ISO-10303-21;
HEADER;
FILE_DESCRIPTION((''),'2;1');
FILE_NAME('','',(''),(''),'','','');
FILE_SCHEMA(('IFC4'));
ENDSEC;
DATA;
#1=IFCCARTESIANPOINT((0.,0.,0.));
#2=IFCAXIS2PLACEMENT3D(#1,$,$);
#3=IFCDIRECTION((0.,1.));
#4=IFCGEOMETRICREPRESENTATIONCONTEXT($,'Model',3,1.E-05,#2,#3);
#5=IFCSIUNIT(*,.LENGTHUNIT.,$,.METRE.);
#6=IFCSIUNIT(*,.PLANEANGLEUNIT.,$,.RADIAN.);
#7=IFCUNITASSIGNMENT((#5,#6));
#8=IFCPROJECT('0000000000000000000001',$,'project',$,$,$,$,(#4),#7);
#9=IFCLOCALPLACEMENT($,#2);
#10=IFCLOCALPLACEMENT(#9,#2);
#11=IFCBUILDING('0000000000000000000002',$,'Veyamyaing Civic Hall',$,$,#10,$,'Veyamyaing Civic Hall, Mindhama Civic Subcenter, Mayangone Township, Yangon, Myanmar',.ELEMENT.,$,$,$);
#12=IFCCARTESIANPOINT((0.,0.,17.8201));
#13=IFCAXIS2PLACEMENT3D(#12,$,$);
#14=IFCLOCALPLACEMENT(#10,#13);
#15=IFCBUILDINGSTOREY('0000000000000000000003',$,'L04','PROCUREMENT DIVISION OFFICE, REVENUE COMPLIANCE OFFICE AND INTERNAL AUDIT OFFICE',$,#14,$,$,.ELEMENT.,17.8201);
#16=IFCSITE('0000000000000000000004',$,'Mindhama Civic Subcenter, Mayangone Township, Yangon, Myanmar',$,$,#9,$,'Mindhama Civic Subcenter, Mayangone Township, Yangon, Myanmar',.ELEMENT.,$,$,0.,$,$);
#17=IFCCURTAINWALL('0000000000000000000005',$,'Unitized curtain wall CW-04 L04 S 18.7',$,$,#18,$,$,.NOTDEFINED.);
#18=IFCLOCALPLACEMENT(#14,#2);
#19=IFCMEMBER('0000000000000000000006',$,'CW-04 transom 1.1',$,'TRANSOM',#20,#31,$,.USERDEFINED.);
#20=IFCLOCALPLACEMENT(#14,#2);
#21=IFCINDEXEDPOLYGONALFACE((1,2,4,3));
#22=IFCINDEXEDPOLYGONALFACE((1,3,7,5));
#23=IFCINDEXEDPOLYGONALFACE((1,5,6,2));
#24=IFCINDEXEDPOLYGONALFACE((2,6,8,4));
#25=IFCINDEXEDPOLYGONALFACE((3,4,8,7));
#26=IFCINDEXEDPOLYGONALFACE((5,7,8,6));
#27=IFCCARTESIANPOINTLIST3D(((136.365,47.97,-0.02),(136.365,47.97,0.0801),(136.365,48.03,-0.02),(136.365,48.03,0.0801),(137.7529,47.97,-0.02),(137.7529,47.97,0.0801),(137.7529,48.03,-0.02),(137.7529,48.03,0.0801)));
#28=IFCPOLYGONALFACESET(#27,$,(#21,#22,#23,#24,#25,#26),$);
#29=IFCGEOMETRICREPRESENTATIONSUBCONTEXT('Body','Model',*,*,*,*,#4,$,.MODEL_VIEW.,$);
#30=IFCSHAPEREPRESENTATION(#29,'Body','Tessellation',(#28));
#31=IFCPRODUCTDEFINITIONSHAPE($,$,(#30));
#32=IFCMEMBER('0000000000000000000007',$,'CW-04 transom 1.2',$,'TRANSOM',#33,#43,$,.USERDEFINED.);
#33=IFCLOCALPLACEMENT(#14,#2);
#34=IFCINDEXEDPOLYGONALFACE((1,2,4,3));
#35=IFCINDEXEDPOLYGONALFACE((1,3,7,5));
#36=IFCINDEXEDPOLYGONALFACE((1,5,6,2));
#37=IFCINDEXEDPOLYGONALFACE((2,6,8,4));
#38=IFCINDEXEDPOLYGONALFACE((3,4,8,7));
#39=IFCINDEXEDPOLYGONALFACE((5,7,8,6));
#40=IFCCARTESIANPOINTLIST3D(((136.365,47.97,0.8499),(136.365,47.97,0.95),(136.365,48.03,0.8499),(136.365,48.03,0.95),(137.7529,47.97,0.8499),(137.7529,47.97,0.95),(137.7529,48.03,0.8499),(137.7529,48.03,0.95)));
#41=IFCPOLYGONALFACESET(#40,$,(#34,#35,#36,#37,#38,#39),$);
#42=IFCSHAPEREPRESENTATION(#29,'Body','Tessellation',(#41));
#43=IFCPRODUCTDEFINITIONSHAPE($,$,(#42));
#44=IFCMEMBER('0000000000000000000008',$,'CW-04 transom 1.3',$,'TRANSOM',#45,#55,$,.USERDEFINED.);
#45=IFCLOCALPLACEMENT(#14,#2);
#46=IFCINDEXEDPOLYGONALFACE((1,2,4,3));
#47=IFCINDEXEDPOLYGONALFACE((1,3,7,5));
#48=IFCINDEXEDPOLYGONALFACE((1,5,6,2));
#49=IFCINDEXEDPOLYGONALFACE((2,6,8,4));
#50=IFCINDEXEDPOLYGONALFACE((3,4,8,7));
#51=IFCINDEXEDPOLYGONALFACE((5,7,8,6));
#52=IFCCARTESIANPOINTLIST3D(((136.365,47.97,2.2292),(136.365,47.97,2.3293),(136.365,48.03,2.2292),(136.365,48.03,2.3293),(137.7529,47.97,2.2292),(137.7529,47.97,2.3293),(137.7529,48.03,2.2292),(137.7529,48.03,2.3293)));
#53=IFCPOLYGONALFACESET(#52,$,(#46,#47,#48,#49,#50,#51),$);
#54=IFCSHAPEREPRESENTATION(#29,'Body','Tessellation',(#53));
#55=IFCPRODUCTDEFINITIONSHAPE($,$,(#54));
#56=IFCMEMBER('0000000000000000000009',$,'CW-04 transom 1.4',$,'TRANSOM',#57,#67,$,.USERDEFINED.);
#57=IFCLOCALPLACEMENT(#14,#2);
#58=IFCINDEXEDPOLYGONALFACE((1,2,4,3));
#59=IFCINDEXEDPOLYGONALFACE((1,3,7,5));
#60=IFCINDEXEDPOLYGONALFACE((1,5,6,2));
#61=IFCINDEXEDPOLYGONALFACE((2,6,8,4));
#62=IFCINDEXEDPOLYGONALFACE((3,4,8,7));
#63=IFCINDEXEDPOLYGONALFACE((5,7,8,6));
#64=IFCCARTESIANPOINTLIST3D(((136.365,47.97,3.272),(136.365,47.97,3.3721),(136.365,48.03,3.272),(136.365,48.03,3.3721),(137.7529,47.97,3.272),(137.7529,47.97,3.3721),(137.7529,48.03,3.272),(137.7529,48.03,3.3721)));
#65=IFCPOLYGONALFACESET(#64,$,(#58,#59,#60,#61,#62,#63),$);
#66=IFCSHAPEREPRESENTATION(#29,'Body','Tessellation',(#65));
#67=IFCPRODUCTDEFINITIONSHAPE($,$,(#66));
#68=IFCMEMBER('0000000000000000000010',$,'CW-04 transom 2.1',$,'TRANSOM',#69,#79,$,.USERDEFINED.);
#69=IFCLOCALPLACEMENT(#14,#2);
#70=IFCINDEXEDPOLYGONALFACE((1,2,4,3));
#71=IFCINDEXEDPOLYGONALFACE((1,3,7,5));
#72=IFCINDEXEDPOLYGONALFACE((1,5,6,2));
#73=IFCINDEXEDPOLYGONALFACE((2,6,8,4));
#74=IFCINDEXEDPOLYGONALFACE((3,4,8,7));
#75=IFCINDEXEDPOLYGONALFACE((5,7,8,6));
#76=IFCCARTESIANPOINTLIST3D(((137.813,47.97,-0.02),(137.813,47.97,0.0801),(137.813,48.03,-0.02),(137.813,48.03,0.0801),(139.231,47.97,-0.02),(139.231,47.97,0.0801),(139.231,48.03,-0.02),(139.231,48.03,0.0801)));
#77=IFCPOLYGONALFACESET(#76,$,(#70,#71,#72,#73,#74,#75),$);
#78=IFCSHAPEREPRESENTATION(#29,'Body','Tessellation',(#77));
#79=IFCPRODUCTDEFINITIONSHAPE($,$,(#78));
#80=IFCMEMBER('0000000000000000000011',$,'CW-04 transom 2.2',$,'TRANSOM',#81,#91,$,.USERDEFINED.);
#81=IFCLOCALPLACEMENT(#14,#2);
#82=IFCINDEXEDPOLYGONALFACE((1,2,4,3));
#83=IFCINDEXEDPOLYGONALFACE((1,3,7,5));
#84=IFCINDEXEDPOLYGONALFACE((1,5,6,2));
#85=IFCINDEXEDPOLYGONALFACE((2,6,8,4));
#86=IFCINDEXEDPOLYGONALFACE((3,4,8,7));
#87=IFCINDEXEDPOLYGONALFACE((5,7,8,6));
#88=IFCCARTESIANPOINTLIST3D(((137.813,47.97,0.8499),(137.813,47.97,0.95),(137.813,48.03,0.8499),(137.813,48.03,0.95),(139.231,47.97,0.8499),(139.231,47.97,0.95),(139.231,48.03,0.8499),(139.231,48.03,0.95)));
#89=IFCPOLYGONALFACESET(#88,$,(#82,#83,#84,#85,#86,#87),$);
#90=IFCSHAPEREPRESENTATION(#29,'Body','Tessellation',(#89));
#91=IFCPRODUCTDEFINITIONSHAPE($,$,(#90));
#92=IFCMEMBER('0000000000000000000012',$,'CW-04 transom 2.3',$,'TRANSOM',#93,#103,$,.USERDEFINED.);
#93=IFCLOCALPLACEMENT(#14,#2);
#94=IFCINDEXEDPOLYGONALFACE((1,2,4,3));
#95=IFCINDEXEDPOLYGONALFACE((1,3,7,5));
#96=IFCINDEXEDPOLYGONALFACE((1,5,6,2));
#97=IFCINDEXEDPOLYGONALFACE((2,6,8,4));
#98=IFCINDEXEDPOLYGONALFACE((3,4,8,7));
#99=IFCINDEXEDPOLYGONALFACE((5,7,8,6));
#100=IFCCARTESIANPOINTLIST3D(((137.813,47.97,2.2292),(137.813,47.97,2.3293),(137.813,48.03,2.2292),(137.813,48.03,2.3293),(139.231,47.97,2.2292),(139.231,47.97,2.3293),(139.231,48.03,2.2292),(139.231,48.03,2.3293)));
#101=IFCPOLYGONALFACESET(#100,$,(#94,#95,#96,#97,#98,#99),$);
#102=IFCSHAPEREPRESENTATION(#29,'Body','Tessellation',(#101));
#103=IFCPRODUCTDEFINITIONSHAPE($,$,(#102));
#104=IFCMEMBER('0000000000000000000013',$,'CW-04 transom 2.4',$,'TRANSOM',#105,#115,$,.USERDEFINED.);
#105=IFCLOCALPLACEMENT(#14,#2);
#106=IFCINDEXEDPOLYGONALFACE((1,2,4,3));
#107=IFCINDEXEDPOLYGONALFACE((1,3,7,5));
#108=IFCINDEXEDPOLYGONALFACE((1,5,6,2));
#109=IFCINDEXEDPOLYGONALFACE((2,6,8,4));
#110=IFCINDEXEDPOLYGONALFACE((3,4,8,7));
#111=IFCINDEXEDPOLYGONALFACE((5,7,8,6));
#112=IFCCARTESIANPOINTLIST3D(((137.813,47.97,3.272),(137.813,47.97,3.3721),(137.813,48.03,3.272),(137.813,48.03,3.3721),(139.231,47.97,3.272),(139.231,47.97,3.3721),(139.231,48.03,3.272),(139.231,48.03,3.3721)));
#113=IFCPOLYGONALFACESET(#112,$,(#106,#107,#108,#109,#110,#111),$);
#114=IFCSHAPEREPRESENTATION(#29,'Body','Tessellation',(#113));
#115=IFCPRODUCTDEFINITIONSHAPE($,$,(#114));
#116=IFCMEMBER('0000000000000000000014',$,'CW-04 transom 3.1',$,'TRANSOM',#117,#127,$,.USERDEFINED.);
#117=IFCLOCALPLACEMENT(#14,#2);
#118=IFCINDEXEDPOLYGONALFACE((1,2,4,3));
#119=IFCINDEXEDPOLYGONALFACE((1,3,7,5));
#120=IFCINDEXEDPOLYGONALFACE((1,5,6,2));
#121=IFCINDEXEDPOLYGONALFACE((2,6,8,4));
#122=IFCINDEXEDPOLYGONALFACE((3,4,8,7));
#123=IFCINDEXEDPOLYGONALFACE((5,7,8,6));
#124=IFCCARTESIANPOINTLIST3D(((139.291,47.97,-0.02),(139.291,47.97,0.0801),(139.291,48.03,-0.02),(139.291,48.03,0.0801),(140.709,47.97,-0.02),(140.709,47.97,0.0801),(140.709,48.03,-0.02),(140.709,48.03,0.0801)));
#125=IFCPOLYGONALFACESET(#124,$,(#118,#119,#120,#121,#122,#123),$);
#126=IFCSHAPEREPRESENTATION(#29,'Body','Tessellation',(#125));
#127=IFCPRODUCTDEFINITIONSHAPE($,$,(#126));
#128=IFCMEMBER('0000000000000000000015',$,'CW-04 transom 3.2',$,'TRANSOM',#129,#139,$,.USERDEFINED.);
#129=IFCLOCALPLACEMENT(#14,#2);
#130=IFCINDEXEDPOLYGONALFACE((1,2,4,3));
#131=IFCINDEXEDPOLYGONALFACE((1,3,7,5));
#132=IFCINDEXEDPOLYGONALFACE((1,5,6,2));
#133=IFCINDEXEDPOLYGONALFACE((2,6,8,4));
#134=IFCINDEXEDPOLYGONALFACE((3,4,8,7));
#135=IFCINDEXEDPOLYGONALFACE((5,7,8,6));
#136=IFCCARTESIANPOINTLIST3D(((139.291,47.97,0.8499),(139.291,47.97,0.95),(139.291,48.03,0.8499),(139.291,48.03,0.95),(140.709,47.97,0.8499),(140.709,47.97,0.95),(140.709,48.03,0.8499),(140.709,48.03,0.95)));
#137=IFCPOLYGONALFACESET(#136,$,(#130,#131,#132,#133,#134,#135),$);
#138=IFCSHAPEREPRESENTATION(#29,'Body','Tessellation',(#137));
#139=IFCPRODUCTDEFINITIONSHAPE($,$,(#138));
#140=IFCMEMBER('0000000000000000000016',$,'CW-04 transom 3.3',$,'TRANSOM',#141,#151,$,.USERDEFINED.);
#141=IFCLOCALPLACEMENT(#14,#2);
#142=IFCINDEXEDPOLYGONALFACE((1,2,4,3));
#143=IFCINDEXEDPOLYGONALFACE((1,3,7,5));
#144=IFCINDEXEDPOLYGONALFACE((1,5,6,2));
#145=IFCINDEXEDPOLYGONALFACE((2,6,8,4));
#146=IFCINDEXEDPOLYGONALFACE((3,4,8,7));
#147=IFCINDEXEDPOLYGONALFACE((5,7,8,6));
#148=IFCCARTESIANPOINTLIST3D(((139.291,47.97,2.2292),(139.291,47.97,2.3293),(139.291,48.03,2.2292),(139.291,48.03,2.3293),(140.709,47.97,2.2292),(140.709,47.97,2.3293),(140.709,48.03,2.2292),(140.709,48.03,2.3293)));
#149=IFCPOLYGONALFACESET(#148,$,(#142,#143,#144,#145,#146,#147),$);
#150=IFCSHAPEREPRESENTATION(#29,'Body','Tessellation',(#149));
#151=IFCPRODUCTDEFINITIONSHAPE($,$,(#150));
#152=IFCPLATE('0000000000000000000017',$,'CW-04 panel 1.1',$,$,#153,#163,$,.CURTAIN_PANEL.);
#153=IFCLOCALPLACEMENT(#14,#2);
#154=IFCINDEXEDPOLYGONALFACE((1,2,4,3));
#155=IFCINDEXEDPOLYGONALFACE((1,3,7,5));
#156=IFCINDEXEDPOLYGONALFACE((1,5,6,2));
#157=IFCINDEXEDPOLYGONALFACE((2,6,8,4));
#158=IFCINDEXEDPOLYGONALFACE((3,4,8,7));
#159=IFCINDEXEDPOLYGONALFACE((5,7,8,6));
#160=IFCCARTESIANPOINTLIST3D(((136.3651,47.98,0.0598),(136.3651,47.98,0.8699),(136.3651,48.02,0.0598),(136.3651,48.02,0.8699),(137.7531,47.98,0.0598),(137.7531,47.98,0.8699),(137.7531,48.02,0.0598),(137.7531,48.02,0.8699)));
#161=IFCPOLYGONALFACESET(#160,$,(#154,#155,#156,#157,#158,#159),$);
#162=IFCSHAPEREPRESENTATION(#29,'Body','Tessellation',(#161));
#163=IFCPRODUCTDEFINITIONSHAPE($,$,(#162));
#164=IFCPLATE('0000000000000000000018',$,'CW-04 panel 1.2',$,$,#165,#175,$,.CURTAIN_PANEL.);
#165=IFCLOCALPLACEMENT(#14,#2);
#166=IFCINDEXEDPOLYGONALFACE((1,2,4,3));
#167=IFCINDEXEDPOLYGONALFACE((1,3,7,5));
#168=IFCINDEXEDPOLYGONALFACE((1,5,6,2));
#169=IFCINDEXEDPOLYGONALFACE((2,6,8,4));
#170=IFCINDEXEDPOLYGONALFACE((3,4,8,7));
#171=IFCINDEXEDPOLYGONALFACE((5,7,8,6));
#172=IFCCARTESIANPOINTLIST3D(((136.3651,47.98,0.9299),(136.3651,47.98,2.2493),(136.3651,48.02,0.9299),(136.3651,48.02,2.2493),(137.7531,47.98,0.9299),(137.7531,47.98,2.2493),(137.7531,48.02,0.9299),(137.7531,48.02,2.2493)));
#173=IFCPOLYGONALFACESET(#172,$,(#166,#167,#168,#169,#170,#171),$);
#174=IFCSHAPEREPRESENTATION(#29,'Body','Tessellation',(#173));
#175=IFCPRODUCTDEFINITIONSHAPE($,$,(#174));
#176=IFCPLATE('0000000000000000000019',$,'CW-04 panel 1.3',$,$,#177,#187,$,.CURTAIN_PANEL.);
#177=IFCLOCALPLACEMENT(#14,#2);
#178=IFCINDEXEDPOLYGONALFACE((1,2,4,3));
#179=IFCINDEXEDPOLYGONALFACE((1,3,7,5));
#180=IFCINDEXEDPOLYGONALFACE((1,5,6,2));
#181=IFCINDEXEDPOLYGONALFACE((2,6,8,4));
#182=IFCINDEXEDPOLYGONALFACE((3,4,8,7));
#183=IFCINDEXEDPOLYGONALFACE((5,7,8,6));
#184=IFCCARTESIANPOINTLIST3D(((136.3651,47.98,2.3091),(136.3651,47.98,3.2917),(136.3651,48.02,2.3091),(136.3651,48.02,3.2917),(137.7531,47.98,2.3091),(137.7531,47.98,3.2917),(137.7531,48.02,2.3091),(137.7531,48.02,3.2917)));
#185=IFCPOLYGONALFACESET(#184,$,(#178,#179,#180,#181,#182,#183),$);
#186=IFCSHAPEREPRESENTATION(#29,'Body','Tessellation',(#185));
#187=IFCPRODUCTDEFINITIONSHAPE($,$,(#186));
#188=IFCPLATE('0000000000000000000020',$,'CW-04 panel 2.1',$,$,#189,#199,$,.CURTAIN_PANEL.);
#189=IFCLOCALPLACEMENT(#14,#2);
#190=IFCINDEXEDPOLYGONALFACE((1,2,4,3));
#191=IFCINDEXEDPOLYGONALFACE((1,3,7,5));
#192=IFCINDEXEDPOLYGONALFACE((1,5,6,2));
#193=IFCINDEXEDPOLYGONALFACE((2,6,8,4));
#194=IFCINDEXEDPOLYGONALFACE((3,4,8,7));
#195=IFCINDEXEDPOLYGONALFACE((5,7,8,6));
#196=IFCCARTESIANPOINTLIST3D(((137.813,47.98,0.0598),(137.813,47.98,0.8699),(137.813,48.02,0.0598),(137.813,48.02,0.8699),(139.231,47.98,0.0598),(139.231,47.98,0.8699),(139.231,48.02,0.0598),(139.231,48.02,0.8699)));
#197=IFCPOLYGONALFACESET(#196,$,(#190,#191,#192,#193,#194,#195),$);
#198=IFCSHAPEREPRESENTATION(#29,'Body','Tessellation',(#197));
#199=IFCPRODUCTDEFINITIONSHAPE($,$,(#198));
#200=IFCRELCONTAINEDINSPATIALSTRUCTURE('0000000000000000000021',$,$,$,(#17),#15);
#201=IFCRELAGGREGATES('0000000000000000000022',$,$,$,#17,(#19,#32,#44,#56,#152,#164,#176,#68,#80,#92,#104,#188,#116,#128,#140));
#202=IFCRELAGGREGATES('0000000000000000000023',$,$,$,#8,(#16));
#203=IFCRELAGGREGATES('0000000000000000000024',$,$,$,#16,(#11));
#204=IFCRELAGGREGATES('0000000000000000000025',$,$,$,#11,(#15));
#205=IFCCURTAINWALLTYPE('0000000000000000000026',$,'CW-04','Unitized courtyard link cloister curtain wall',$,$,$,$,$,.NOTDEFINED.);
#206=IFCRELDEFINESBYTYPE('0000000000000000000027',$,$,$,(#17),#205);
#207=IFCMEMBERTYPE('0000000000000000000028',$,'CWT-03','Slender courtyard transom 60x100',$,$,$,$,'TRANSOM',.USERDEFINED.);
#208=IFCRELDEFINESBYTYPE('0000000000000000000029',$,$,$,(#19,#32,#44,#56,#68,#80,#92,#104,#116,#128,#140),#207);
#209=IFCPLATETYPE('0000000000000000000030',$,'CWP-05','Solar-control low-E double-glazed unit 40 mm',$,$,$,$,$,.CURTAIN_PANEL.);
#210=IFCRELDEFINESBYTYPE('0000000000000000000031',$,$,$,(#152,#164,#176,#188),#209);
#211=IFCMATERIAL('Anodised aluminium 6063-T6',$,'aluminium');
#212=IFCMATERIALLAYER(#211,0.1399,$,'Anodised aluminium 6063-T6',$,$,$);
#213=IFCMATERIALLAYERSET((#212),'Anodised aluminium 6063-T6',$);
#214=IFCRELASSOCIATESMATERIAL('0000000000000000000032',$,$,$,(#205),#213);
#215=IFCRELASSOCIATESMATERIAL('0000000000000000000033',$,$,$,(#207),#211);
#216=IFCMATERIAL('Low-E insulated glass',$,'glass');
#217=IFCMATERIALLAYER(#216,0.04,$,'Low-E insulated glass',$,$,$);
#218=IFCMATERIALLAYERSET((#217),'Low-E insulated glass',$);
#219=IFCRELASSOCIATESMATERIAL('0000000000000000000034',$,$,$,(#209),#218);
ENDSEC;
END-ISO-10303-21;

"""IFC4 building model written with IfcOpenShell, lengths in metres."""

from ifc_helpers import new_model, si_unit, direction, frame, origin, origin_2d, place, context, subcontext, project, spatial, rectangle, extrude, material, layer, layer_set, material_profile, profile_set, type_object, element, aggregate, save


model = new_model("IFC4")

# Units and contexts
model_context = context("Model", 3, precision=1e-05, world=origin(), true_north=direction((0.0, 1.0)))
body_context = subcontext(model_context, "Body", "Model", "MODEL_VIEW")
ifc_project = project(units=[si_unit("LENGTHUNIT", "METRE"), si_unit("PLANEANGLEUNIT", "RADIAN")], contexts=[model_context])

# Site, building, storey
site_placement = place(None, origin())
site = spatial("IfcSite", under=ifc_project, at=site_placement, Name="Mindhama Civic Subcenter, Mayangone Township, Yangon, Myanmar", LongName="Mindhama Civic Subcenter, Mayangone Township, Yangon, Myanmar", CompositionType="ELEMENT", RefElevation=0.0)
building_placement = place(site_placement, origin())
building = spatial("IfcBuilding", under=site, at=building_placement, Name="Veyamyaing Civic Hall", LongName="Veyamyaing Civic Hall, Mindhama Civic Subcenter, Mayangone Township, Yangon, Myanmar", CompositionType="ELEMENT")
storey_placement = place(building_placement, frame((0.0, 0.0, 17.8201)))
storey = spatial("IfcBuildingStorey", under=building, at=storey_placement, Name="L04", Description="PROCUREMENT DIVISION OFFICE, REVENUE COMPLIANCE OFFICE AND INTERNAL AUDIT OFFICE", CompositionType="ELEMENT", Elevation=17.8201)

# Curtain wall, members, plates
ifc_material_1 = material(Name="Anodised aluminium 6063-T6", Category="aluminium")
ifc_layer_1 = layer(ifc_material_1, 0.1399, Name="Anodised aluminium 6063-T6")
ifc_layer_set_1 = layer_set([ifc_layer_1], Name="Anodised aluminium 6063-T6")
curtain_wall_type = type_object("IfcCurtainWallType", Name="CW-04", Description="Unitized courtyard link cloister curtain wall", PredefinedType="NOTDEFINED", material=ifc_layer_set_1)
curtain_wall_placement = place(storey_placement, origin())
curtain_wall = element("IfcCurtainWall", 1, at=curtain_wall_placement, inside=storey, type_object=curtain_wall_type, Name="Unitized curtain wall CW-04 L04 S 18.7", PredefinedType="NOTDEFINED")
ifc_material_profile_1 = material_profile(ifc_material_1, rectangle(XDim=0.0601, YDim=0.1001, at=origin_2d()), Name="ALU-TRN-60X100")
ifc_profile_set_1 = profile_set([ifc_material_profile_1], Name="Anodised aluminium 6063-T6")
member_type_1 = type_object("IfcMemberType", Name="CWT-03", Description="Slender courtyard transom 60x100", ElementType="TRANSOM", PredefinedType="USERDEFINED", material=ifc_profile_set_1)
member_1_placement = place(storey_placement, frame((136.365, 48.0, 0.03), z_axis=(1.0, 0.0, 0.0), x_axis=(0.0, 1.0, 0.0)))
member_1 = element("IfcMember", 2, at=member_1_placement, type_object=member_type_1, Name="CW-04 transom 1.1", ObjectType="TRANSOM", PredefinedType="USERDEFINED", context=body_context, shape_type="SweptSolid", body=[
    extrude(rectangle(XDim=0.0601, YDim=0.1001, at=origin_2d()), origin(), (0.0, 0.0, 1.0), 1.3879),
])
member_2_placement = place(storey_placement, frame((136.365, 48.0, 0.8999), z_axis=(1.0, 0.0, 0.0), x_axis=(0.0, 1.0, 0.0)))
member_2 = element("IfcMember", 3, at=member_2_placement, type_object=member_type_1, Name="CW-04 transom 1.2", ObjectType="TRANSOM", PredefinedType="USERDEFINED", context=body_context, shape_type="SweptSolid", body=[
    extrude(rectangle(XDim=0.0601, YDim=0.1001, at=origin_2d()), origin(), (0.0, 0.0, 1.0), 1.3879),
])
member_3_placement = place(storey_placement, frame((136.365, 48.0, 2.2793), z_axis=(1.0, 0.0, 0.0), x_axis=(0.0, 1.0, 0.0)))
member_3 = element("IfcMember", 4, at=member_3_placement, type_object=member_type_1, Name="CW-04 transom 1.3", ObjectType="TRANSOM", PredefinedType="USERDEFINED", context=body_context, shape_type="SweptSolid", body=[
    extrude(rectangle(XDim=0.0601, YDim=0.1001, at=origin_2d()), origin(), (0.0, 0.0, 1.0), 1.3879),
])
member_4_placement = place(storey_placement, frame((136.365, 48.0, 3.322), z_axis=(1.0, 0.0, 0.0), x_axis=(0.0, 1.0, 0.0)))
member_4 = element("IfcMember", 5, at=member_4_placement, type_object=member_type_1, Name="CW-04 transom 1.4", ObjectType="TRANSOM", PredefinedType="USERDEFINED", context=body_context, shape_type="SweptSolid", body=[
    extrude(rectangle(XDim=0.0601, YDim=0.1001, at=origin_2d()), origin(), (0.0, 0.0, 1.0), 1.3879),
])
member_5_placement = place(storey_placement, frame((137.813, 48.0, 0.03), z_axis=(1.0, 0.0, 0.0), x_axis=(0.0, 1.0, 0.0)))
member_5 = element("IfcMember", 6, at=member_5_placement, type_object=member_type_1, Name="CW-04 transom 2.1", ObjectType="TRANSOM", PredefinedType="USERDEFINED", context=body_context, shape_type="SweptSolid", body=[
    extrude(rectangle(XDim=0.0601, YDim=0.1001, at=origin_2d()), origin(), (0.0, 0.0, 1.0), 1.418),
])
member_6_placement = place(storey_placement, frame((137.813, 48.0, 0.8999), z_axis=(1.0, 0.0, 0.0), x_axis=(0.0, 1.0, 0.0)))
member_6 = element("IfcMember", 7, at=member_6_placement, type_object=member_type_1, Name="CW-04 transom 2.2", ObjectType="TRANSOM", PredefinedType="USERDEFINED", context=body_context, shape_type="SweptSolid", body=[
    extrude(rectangle(XDim=0.0601, YDim=0.1001, at=origin_2d()), origin(), (0.0, 0.0, 1.0), 1.418),
])
member_7_placement = place(storey_placement, frame((137.813, 48.0, 2.2793), z_axis=(1.0, 0.0, 0.0), x_axis=(0.0, 1.0, 0.0)))
member_7 = element("IfcMember", 8, at=member_7_placement, type_object=member_type_1, Name="CW-04 transom 2.3", ObjectType="TRANSOM", PredefinedType="USERDEFINED", context=body_context, shape_type="SweptSolid", body=[
    extrude(rectangle(XDim=0.0601, YDim=0.1001, at=origin_2d()), origin(), (0.0, 0.0, 1.0), 1.418),
])
member_8_placement = place(storey_placement, frame((137.813, 48.0, 3.322), z_axis=(1.0, 0.0, 0.0), x_axis=(0.0, 1.0, 0.0)))
member_8 = element("IfcMember", 9, at=member_8_placement, type_object=member_type_1, Name="CW-04 transom 2.4", ObjectType="TRANSOM", PredefinedType="USERDEFINED", context=body_context, shape_type="SweptSolid", body=[
    extrude(rectangle(XDim=0.0601, YDim=0.1001, at=origin_2d()), origin(), (0.0, 0.0, 1.0), 1.418),
])
member_9_placement = place(storey_placement, frame((139.291, 48.0, 0.03), z_axis=(1.0, 0.0, 0.0), x_axis=(0.0, 1.0, 0.0)))
member_9 = element("IfcMember", 10, at=member_9_placement, type_object=member_type_1, Name="CW-04 transom 3.1", ObjectType="TRANSOM", PredefinedType="USERDEFINED", context=body_context, shape_type="SweptSolid", body=[
    extrude(rectangle(XDim=0.0601, YDim=0.1001, at=origin_2d()), origin(), (0.0, 0.0, 1.0), 1.418),
])
member_10_placement = place(storey_placement, frame((139.291, 48.0, 0.8999), z_axis=(1.0, 0.0, 0.0), x_axis=(0.0, 1.0, 0.0)))
member_10 = element("IfcMember", 11, at=member_10_placement, type_object=member_type_1, Name="CW-04 transom 3.2", ObjectType="TRANSOM", PredefinedType="USERDEFINED", context=body_context, shape_type="SweptSolid", body=[
    extrude(rectangle(XDim=0.0601, YDim=0.1001, at=origin_2d()), origin(), (0.0, 0.0, 1.0), 1.418),
])
member_11_placement = place(storey_placement, frame((139.291, 48.0, 2.2793), z_axis=(1.0, 0.0, 0.0), x_axis=(0.0, 1.0, 0.0)))
member_11 = element("IfcMember", 12, at=member_11_placement, type_object=member_type_1, Name="CW-04 transom 3.3", ObjectType="TRANSOM", PredefinedType="USERDEFINED", context=body_context, shape_type="SweptSolid", body=[
    extrude(rectangle(XDim=0.0601, YDim=0.1001, at=origin_2d()), origin(), (0.0, 0.0, 1.0), 1.418),
])
ifc_material_2 = material(Name="Low-E insulated glass", Category="glass")
ifc_layer_2 = layer(ifc_material_2, 0.04, Name="Low-E insulated glass")
ifc_layer_set_2 = layer_set([ifc_layer_2], Name="Low-E insulated glass")
plate_type = type_object("IfcPlateType", Name="CWP-05", Description="Solar-control low-E double-glazed unit 40 mm", PredefinedType="CURTAIN_PANEL", material=ifc_layer_set_2)
plate_1_placement = place(storey_placement, frame((137.0591, 48.0, 0.0598), z_axis=(0.0, 0.0, 1.0), x_axis=(1.0, 0.0, 0.0)))
plate_1 = element("IfcPlate", 13, at=plate_1_placement, type_object=plate_type, Name="CW-04 panel 1.1", PredefinedType="CURTAIN_PANEL", context=body_context, shape_type="SweptSolid", body=[
    extrude(rectangle(XDim=1.3879, YDim=0.04, at=origin_2d()), origin(), (0.0, 0.0, 1.0), 0.8101),
])
plate_2_placement = place(storey_placement, frame((137.0591, 48.0, 0.9299), z_axis=(0.0, 0.0, 1.0), x_axis=(1.0, 0.0, 0.0)))
plate_2 = element("IfcPlate", 14, at=plate_2_placement, type_object=plate_type, Name="CW-04 panel 1.2", PredefinedType="CURTAIN_PANEL", context=body_context, shape_type="SweptSolid", body=[
    extrude(rectangle(XDim=1.3879, YDim=0.04, at=origin_2d()), origin(), (0.0, 0.0, 1.0), 1.3193),
])
plate_3_placement = place(storey_placement, frame((137.0591, 48.0, 2.3091), z_axis=(0.0, 0.0, 1.0), x_axis=(1.0, 0.0, 0.0)))
plate_3 = element("IfcPlate", 15, at=plate_3_placement, type_object=plate_type, Name="CW-04 panel 1.3", PredefinedType="CURTAIN_PANEL", context=body_context, shape_type="SweptSolid", body=[
    extrude(rectangle(XDim=1.3879, YDim=0.04, at=origin_2d()), origin(), (0.0, 0.0, 1.0), 0.9827),
])
plate_4_placement = place(storey_placement, frame((138.522, 48.0, 0.0598), z_axis=(0.0, 0.0, 1.0), x_axis=(1.0, 0.0, 0.0)))
plate_4 = element("IfcPlate", 16, at=plate_4_placement, type_object=plate_type, Name="CW-04 panel 2.1", PredefinedType="CURTAIN_PANEL", context=body_context, shape_type="SweptSolid", body=[
    extrude(rectangle(XDim=1.418, YDim=0.04, at=origin_2d()), origin(), (0.0, 0.0, 1.0), 0.8101),
])
aggregate(curtain_wall, [member_1, member_2, member_3, member_4, plate_1, plate_2, plate_3, member_5, member_6, member_7, member_8, plate_4, member_9, member_10, member_11])

save(model, "model.ifc")
